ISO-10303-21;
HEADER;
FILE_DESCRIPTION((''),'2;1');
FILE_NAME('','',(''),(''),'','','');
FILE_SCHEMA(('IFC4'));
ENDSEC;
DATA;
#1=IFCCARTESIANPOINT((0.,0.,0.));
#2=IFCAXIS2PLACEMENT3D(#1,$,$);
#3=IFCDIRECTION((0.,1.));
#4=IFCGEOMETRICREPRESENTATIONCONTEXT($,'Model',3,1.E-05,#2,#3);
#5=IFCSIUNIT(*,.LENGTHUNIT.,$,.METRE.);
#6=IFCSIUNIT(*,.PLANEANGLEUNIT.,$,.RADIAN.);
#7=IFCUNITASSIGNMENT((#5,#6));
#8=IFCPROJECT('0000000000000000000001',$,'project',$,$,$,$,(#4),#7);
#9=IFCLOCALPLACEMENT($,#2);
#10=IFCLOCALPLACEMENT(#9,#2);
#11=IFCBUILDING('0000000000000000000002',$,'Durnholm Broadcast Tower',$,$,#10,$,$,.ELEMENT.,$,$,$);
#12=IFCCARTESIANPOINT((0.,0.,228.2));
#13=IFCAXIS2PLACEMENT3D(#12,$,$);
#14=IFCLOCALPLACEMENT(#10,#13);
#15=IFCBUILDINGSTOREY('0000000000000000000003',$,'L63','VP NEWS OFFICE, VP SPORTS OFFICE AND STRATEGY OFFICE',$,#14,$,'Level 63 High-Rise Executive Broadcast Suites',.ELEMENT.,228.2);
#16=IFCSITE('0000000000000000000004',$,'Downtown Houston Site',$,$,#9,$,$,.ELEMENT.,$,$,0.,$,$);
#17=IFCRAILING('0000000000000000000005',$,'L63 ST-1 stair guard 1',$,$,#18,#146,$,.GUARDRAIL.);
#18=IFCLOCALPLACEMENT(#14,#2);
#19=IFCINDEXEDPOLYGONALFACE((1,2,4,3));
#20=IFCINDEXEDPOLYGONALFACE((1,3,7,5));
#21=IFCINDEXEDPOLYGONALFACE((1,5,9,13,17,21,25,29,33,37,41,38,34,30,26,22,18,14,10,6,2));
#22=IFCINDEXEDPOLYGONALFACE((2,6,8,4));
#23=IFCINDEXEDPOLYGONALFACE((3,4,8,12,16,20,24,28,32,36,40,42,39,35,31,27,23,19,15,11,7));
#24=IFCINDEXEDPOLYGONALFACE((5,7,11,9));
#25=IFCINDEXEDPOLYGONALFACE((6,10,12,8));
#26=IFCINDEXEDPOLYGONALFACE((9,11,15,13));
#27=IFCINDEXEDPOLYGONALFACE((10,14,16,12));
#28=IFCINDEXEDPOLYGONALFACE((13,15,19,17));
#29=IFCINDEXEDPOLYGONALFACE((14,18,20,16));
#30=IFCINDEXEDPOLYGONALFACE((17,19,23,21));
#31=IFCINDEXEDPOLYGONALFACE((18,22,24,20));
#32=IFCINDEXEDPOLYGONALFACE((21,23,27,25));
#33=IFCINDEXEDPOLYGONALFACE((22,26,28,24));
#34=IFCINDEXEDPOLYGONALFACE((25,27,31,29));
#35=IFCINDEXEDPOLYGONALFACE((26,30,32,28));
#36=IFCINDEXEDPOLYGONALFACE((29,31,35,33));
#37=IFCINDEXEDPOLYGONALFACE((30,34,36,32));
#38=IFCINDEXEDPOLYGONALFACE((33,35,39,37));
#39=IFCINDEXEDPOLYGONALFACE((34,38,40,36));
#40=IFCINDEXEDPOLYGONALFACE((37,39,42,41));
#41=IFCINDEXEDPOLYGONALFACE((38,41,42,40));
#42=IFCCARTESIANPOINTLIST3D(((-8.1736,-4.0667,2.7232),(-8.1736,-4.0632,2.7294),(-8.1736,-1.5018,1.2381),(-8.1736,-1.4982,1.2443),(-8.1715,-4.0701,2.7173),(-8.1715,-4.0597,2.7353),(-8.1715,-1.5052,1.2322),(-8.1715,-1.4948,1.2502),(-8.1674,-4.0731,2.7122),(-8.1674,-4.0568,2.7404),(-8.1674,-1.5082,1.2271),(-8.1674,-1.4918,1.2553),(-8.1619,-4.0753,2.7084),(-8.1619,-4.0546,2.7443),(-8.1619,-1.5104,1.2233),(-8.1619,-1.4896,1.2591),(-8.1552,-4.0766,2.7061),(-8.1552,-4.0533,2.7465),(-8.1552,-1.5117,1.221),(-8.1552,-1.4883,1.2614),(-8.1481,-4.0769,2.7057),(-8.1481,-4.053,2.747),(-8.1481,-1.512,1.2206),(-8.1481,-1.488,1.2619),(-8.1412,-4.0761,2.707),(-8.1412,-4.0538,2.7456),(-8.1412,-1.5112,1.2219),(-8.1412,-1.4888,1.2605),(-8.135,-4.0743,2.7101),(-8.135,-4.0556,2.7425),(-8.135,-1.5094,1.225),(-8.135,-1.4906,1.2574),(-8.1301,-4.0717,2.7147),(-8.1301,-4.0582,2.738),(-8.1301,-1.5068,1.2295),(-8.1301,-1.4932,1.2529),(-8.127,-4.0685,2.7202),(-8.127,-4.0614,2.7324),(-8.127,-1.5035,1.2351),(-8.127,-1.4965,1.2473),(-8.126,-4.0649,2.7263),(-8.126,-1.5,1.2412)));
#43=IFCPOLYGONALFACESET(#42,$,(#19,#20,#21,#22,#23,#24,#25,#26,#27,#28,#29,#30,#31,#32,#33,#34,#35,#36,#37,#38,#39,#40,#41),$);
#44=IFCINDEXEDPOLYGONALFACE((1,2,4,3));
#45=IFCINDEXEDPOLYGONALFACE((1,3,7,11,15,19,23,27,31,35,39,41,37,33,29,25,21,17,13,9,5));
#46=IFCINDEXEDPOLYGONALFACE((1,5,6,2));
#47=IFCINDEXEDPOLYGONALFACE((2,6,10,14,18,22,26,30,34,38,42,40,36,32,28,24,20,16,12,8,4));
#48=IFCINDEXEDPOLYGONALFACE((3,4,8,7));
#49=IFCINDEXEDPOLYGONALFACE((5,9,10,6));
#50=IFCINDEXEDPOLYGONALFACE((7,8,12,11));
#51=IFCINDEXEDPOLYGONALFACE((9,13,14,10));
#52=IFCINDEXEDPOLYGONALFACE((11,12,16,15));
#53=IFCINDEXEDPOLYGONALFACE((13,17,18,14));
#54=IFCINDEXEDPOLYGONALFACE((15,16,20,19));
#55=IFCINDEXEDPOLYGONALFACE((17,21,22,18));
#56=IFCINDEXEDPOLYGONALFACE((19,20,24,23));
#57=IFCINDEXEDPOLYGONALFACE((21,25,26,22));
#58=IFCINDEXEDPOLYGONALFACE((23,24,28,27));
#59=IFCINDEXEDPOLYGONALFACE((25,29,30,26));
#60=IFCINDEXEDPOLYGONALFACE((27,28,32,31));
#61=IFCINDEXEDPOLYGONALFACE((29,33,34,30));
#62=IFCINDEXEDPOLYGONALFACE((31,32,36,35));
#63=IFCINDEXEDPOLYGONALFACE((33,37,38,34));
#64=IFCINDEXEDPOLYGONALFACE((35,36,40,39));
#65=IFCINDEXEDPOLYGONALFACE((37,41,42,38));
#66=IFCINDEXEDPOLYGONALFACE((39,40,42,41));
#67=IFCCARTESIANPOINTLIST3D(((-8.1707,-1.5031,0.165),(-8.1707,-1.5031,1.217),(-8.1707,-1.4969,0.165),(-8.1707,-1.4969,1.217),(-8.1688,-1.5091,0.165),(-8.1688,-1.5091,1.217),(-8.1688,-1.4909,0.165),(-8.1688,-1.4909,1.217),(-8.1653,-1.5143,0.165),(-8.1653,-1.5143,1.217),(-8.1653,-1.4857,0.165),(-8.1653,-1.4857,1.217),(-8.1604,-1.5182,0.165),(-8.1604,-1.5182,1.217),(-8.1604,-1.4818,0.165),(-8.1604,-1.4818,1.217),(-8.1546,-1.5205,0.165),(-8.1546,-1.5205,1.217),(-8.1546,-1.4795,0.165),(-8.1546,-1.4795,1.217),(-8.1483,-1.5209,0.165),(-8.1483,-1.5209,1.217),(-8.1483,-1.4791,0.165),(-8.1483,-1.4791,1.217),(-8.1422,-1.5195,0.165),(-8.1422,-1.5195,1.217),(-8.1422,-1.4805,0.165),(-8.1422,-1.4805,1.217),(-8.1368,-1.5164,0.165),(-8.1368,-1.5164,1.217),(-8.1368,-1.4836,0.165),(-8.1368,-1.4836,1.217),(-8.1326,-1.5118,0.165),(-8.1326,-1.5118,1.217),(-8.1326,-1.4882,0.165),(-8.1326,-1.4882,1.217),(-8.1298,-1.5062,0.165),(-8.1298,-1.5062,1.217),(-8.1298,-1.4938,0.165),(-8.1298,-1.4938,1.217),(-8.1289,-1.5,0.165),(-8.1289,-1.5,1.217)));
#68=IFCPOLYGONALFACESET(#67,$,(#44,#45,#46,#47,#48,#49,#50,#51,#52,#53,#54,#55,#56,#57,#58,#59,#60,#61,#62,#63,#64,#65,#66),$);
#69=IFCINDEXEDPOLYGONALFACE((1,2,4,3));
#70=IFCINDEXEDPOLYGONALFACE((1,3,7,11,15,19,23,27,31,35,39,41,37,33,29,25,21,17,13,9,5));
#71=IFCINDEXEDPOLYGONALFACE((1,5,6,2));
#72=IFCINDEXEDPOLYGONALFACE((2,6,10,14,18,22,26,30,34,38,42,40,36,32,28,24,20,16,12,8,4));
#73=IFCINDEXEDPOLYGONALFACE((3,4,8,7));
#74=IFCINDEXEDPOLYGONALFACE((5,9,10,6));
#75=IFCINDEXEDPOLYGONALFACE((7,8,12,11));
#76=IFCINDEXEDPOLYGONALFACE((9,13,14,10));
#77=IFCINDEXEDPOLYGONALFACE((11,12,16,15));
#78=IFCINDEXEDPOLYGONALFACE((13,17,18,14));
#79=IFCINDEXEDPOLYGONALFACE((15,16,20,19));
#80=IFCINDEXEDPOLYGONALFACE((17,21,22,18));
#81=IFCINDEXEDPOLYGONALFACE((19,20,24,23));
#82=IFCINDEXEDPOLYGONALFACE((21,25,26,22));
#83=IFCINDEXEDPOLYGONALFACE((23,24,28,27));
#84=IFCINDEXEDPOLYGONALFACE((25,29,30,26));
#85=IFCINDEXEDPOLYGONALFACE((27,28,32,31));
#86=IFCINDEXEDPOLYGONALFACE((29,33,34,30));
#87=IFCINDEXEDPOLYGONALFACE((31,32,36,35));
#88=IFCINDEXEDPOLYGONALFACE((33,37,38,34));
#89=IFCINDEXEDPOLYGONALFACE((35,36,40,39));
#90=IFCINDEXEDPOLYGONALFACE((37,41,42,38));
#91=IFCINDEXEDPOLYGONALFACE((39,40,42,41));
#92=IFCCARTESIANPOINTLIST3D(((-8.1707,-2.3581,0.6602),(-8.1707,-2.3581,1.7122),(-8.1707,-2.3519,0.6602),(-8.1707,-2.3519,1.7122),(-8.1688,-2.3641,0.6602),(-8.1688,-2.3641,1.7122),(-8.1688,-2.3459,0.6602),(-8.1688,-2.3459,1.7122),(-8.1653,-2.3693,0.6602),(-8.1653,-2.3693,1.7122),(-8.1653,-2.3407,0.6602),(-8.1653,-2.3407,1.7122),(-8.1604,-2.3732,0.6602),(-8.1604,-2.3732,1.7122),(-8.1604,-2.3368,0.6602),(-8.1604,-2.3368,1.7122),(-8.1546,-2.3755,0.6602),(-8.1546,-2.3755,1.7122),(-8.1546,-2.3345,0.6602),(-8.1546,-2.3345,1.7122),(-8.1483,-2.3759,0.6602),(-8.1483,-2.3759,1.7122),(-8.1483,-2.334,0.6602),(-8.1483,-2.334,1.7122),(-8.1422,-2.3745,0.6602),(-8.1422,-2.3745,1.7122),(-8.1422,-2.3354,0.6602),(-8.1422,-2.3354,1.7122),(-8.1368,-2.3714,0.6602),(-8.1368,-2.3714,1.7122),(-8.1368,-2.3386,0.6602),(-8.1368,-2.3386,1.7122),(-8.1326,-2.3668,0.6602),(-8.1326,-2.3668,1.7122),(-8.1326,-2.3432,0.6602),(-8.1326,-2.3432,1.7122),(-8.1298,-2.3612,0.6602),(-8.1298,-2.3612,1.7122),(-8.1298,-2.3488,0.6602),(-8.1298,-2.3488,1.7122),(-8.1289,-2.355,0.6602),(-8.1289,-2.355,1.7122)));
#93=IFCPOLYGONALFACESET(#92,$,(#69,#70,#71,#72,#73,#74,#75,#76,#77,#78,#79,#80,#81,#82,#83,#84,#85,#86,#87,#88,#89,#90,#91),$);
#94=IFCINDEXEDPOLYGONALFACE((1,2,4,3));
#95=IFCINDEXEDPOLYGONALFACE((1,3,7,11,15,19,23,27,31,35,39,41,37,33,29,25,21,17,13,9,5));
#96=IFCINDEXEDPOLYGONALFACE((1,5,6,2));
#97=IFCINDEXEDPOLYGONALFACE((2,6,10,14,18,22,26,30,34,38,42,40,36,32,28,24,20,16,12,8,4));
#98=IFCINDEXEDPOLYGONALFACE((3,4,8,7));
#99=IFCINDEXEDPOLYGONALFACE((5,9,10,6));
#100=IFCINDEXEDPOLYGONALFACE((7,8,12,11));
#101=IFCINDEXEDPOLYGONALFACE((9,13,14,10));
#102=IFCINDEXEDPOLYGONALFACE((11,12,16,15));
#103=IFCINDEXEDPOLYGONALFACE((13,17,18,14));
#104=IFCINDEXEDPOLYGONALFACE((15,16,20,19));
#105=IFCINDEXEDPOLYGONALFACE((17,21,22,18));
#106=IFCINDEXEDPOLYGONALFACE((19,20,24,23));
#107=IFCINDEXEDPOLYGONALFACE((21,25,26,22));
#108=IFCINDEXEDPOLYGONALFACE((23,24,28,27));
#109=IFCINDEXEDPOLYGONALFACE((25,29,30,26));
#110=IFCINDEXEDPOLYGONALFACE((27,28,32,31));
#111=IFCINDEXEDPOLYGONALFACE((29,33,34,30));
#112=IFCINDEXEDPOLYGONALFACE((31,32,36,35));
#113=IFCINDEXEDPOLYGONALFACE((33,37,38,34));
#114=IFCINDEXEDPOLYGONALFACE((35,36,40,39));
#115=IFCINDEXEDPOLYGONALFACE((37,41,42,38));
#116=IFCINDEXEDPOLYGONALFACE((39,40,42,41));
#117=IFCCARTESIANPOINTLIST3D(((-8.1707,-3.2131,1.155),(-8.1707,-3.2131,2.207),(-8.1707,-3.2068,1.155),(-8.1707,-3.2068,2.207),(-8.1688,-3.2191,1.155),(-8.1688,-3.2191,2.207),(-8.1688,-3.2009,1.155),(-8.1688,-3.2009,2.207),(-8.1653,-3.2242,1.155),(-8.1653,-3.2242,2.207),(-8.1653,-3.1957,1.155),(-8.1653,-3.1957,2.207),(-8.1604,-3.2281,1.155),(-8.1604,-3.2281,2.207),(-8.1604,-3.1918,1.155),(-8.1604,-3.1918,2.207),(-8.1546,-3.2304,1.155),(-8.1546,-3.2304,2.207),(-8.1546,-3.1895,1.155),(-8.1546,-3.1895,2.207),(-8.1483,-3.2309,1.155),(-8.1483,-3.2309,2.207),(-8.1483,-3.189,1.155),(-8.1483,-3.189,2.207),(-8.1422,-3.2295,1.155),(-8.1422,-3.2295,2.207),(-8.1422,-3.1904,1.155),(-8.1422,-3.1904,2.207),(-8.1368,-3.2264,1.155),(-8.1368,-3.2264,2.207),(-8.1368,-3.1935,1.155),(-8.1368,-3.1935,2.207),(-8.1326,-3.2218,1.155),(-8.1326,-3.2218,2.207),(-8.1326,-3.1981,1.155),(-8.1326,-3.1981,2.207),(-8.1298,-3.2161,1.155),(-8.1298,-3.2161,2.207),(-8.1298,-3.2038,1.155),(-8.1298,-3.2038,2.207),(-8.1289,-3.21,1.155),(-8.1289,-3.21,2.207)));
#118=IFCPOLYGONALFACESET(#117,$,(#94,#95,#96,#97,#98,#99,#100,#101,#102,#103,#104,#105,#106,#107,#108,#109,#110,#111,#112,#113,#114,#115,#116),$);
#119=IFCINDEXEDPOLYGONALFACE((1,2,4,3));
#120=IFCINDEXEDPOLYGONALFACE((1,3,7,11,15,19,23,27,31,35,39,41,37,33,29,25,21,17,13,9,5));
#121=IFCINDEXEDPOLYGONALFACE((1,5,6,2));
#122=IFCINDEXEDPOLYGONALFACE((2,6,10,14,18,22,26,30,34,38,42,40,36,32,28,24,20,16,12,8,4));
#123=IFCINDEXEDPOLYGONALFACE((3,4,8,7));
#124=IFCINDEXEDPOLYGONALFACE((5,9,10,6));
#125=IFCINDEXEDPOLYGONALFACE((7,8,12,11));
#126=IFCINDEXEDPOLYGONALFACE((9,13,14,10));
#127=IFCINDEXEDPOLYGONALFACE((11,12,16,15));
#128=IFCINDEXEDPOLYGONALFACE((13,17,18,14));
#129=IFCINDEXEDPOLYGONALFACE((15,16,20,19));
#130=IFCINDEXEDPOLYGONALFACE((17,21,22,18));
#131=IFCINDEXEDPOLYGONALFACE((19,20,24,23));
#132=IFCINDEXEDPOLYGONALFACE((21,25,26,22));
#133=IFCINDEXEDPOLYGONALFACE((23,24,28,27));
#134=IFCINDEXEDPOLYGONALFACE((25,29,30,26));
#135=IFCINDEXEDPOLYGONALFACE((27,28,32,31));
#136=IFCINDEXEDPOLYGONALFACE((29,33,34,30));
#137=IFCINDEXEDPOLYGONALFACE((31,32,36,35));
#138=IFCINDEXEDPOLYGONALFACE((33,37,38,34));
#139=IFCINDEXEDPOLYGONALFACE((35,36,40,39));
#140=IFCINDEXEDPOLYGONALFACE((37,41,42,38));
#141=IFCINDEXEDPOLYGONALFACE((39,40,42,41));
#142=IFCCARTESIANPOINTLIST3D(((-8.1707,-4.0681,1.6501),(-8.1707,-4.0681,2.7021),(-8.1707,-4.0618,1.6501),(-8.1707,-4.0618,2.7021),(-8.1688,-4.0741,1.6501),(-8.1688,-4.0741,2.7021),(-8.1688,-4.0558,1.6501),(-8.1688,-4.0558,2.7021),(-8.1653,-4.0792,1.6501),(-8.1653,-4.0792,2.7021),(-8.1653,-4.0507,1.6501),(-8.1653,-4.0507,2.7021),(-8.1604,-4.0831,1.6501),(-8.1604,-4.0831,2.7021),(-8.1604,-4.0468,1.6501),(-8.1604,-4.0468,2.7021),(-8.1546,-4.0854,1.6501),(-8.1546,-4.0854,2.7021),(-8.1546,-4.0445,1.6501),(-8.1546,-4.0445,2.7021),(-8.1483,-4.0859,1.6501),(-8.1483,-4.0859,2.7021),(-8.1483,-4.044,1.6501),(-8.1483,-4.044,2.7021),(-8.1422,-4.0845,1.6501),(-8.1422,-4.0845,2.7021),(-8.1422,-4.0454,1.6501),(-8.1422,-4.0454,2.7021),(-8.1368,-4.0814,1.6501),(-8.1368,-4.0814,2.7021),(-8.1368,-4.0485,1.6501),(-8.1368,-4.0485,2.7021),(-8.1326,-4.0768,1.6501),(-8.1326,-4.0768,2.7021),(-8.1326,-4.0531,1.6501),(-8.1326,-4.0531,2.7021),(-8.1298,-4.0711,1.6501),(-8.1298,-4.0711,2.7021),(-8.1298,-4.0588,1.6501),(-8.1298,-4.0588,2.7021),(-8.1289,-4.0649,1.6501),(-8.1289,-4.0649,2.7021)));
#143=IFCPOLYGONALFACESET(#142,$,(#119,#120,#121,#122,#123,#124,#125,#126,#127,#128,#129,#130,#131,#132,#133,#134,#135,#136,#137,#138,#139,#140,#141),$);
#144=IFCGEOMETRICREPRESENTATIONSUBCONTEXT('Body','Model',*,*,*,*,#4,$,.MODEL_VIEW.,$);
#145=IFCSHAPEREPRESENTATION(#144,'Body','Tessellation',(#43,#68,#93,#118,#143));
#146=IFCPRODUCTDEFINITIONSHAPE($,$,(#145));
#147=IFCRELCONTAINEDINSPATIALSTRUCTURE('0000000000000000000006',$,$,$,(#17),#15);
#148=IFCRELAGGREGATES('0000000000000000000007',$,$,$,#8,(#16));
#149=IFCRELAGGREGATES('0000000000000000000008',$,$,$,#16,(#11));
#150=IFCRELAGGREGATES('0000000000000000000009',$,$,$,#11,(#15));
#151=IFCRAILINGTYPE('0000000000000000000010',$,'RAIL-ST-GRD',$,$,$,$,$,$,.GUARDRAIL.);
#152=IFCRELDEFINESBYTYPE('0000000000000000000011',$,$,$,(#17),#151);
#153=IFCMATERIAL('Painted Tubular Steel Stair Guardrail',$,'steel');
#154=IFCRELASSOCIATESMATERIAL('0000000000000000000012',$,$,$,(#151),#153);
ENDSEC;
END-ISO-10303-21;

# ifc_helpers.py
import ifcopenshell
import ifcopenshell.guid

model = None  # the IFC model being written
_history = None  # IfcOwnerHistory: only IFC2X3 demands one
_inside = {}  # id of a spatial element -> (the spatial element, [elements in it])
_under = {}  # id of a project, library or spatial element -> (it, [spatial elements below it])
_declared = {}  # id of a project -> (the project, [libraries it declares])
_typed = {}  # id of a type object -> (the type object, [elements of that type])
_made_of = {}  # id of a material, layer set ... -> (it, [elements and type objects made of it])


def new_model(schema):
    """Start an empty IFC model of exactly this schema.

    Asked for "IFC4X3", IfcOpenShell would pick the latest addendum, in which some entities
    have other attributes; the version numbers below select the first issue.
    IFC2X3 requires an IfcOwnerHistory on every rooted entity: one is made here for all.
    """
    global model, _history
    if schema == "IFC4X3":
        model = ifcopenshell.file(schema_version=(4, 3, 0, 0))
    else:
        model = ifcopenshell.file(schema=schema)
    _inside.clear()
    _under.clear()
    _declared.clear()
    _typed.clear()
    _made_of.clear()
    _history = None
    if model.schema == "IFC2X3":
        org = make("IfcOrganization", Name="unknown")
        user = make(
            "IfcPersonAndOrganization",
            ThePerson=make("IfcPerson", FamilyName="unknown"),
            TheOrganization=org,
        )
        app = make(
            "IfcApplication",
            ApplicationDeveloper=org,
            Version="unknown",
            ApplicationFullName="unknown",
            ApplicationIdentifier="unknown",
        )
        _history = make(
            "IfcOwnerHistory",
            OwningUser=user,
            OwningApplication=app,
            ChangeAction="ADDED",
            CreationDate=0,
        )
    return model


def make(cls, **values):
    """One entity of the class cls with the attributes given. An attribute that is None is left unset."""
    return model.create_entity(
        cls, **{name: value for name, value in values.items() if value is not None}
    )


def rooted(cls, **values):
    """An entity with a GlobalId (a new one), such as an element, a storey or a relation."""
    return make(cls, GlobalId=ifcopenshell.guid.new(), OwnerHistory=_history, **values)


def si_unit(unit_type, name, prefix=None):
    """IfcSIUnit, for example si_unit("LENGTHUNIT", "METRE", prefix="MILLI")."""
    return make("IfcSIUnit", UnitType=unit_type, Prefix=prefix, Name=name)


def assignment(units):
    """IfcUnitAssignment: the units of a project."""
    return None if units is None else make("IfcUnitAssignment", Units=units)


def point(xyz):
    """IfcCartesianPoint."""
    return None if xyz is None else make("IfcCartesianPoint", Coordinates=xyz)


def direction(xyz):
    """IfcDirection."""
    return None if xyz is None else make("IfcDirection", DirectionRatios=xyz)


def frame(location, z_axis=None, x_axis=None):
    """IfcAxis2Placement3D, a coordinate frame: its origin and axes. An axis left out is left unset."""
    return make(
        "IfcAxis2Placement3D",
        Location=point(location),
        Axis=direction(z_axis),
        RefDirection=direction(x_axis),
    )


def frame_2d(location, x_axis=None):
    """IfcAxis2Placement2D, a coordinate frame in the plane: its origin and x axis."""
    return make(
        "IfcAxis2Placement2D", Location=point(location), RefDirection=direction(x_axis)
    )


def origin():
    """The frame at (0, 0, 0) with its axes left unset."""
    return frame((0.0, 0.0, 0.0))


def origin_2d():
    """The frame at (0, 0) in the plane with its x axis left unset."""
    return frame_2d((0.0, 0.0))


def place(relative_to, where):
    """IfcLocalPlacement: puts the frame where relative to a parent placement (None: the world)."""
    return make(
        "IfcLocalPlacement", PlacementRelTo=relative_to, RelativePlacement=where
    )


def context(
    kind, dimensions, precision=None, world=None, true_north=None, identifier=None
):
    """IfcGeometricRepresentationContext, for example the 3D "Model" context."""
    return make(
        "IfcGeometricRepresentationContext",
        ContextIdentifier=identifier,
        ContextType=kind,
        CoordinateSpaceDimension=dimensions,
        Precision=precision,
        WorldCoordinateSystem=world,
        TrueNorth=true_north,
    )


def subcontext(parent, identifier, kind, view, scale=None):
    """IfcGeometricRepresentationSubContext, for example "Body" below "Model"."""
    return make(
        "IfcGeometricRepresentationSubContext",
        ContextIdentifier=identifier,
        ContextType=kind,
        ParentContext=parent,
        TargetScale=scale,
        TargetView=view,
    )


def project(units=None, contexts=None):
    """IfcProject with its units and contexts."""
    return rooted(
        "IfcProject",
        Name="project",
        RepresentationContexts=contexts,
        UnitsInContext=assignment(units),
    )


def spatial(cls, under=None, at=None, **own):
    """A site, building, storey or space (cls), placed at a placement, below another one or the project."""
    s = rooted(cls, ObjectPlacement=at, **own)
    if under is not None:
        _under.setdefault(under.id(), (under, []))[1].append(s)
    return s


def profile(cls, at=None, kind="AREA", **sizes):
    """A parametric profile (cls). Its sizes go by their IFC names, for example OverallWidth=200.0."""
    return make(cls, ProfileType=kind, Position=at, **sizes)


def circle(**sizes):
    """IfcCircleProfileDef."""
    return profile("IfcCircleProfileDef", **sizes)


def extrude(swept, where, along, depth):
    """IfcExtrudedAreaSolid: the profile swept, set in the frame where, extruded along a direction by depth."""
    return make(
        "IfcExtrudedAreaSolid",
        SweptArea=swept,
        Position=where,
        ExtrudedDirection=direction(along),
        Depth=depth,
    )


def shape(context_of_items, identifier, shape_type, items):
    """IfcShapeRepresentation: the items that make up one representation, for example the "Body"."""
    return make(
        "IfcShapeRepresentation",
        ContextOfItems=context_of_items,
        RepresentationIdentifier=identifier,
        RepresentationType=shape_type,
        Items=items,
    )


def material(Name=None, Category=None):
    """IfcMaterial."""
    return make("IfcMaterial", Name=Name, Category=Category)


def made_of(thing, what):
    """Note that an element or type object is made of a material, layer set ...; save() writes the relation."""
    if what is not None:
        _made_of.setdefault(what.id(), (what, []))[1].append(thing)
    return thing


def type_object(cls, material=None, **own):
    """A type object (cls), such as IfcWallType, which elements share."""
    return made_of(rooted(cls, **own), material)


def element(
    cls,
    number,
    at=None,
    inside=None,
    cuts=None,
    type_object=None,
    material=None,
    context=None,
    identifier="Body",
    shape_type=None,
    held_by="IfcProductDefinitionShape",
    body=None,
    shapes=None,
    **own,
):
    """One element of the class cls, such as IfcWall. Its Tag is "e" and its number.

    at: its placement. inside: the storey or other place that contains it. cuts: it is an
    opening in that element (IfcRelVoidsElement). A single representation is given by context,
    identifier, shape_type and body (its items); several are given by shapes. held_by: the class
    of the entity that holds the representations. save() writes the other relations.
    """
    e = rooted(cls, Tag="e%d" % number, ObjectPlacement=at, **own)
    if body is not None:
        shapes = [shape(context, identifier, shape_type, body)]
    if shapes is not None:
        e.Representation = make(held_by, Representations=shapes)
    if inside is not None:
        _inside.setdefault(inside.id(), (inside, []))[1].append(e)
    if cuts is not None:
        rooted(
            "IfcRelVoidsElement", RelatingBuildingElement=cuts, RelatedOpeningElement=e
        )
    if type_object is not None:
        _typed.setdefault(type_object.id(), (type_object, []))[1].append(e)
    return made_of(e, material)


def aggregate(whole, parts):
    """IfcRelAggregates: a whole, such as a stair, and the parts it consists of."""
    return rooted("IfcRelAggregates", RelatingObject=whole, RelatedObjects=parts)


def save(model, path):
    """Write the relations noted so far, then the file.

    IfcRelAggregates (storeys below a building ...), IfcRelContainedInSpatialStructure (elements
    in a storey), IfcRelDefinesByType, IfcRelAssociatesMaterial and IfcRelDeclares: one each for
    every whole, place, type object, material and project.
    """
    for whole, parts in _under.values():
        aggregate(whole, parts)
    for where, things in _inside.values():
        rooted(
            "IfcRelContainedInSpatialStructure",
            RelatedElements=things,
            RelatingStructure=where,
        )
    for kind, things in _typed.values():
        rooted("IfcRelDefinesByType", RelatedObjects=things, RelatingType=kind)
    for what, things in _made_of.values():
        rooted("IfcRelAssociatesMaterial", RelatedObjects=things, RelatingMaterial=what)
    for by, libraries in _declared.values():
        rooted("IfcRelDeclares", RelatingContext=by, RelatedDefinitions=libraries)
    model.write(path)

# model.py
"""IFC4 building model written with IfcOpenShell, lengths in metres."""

from ifc_helpers import new_model, si_unit, direction, frame, origin, origin_2d, place, context, subcontext, project, spatial, circle, extrude, material, type_object, element, save


model = new_model("IFC4")

# Units and contexts
model_context = context("Model", 3, precision=1e-05, world=origin(), true_north=direction((0.0, 1.0)))
body_context = subcontext(model_context, "Body", "Model", "MODEL_VIEW")
ifc_project = project(units=[si_unit("LENGTHUNIT", "METRE"), si_unit("PLANEANGLEUNIT", "RADIAN")], contexts=[model_context])

# Site, building, storey
site_placement = place(None, origin())
site = spatial("IfcSite", under=ifc_project, at=site_placement, Name="Downtown Houston Site", CompositionType="ELEMENT", RefElevation=0.0)
building_placement = place(site_placement, origin())
building = spatial("IfcBuilding", under=site, at=building_placement, Name="Durnholm Broadcast Tower", CompositionType="ELEMENT")
storey_placement = place(building_placement, frame((0.0, 0.0, 228.2)))
storey = spatial("IfcBuildingStorey", under=building, at=storey_placement, Name="L63", Description="VP NEWS OFFICE, VP SPORTS OFFICE AND STRATEGY OFFICE", LongName="Level 63 High-Rise Executive Broadcast Suites", CompositionType="ELEMENT", Elevation=228.2)

# Railing
ifc_material_1 = material(Name="Painted Tubular Steel Stair Guardrail", Category="steel")
railing_type_1 = type_object("IfcRailingType", Name="RAIL-ST-GRD", PredefinedType="GUARDRAIL", material=ifc_material_1)
railing_1_placement = place(storey_placement, frame((-8.1499, -1.5, 0.165)))
element("IfcRailing", 1, at=railing_1_placement, inside=storey, type_object=railing_type_1, Name="L63 ST-1 stair guard 1", PredefinedType="GUARDRAIL", context=body_context, shape_type="SweptSolid", body=[
    extrude(circle(Radius=0.0239, at=origin_2d()), frame((0.0, 0.0, 1.0762), z_axis=(0.0, -0.865406, 0.501072), x_axis=(1.0, 0.0, 0.0)), (0.0, 0.0, 1.0), 2.9639),
    extrude(circle(Radius=0.021, at=origin_2d()), origin(), (0.0, 0.0, 1.0), 1.052),
    extrude(circle(Radius=0.021, at=origin_2d()), frame((0.0, -0.855, 0.4951)), (0.0, 0.0, 1.0), 1.052),
    extrude(circle(Radius=0.021, at=origin_2d()), frame((0.0, -1.71, 0.99)), (0.0, 0.0, 1.0), 1.052),
    extrude(circle(Radius=0.021, at=origin_2d()), frame((0.0, -2.5649, 1.4851)), (0.0, 0.0, 1.0), 1.052),
])

save(model, "model.ifc")
